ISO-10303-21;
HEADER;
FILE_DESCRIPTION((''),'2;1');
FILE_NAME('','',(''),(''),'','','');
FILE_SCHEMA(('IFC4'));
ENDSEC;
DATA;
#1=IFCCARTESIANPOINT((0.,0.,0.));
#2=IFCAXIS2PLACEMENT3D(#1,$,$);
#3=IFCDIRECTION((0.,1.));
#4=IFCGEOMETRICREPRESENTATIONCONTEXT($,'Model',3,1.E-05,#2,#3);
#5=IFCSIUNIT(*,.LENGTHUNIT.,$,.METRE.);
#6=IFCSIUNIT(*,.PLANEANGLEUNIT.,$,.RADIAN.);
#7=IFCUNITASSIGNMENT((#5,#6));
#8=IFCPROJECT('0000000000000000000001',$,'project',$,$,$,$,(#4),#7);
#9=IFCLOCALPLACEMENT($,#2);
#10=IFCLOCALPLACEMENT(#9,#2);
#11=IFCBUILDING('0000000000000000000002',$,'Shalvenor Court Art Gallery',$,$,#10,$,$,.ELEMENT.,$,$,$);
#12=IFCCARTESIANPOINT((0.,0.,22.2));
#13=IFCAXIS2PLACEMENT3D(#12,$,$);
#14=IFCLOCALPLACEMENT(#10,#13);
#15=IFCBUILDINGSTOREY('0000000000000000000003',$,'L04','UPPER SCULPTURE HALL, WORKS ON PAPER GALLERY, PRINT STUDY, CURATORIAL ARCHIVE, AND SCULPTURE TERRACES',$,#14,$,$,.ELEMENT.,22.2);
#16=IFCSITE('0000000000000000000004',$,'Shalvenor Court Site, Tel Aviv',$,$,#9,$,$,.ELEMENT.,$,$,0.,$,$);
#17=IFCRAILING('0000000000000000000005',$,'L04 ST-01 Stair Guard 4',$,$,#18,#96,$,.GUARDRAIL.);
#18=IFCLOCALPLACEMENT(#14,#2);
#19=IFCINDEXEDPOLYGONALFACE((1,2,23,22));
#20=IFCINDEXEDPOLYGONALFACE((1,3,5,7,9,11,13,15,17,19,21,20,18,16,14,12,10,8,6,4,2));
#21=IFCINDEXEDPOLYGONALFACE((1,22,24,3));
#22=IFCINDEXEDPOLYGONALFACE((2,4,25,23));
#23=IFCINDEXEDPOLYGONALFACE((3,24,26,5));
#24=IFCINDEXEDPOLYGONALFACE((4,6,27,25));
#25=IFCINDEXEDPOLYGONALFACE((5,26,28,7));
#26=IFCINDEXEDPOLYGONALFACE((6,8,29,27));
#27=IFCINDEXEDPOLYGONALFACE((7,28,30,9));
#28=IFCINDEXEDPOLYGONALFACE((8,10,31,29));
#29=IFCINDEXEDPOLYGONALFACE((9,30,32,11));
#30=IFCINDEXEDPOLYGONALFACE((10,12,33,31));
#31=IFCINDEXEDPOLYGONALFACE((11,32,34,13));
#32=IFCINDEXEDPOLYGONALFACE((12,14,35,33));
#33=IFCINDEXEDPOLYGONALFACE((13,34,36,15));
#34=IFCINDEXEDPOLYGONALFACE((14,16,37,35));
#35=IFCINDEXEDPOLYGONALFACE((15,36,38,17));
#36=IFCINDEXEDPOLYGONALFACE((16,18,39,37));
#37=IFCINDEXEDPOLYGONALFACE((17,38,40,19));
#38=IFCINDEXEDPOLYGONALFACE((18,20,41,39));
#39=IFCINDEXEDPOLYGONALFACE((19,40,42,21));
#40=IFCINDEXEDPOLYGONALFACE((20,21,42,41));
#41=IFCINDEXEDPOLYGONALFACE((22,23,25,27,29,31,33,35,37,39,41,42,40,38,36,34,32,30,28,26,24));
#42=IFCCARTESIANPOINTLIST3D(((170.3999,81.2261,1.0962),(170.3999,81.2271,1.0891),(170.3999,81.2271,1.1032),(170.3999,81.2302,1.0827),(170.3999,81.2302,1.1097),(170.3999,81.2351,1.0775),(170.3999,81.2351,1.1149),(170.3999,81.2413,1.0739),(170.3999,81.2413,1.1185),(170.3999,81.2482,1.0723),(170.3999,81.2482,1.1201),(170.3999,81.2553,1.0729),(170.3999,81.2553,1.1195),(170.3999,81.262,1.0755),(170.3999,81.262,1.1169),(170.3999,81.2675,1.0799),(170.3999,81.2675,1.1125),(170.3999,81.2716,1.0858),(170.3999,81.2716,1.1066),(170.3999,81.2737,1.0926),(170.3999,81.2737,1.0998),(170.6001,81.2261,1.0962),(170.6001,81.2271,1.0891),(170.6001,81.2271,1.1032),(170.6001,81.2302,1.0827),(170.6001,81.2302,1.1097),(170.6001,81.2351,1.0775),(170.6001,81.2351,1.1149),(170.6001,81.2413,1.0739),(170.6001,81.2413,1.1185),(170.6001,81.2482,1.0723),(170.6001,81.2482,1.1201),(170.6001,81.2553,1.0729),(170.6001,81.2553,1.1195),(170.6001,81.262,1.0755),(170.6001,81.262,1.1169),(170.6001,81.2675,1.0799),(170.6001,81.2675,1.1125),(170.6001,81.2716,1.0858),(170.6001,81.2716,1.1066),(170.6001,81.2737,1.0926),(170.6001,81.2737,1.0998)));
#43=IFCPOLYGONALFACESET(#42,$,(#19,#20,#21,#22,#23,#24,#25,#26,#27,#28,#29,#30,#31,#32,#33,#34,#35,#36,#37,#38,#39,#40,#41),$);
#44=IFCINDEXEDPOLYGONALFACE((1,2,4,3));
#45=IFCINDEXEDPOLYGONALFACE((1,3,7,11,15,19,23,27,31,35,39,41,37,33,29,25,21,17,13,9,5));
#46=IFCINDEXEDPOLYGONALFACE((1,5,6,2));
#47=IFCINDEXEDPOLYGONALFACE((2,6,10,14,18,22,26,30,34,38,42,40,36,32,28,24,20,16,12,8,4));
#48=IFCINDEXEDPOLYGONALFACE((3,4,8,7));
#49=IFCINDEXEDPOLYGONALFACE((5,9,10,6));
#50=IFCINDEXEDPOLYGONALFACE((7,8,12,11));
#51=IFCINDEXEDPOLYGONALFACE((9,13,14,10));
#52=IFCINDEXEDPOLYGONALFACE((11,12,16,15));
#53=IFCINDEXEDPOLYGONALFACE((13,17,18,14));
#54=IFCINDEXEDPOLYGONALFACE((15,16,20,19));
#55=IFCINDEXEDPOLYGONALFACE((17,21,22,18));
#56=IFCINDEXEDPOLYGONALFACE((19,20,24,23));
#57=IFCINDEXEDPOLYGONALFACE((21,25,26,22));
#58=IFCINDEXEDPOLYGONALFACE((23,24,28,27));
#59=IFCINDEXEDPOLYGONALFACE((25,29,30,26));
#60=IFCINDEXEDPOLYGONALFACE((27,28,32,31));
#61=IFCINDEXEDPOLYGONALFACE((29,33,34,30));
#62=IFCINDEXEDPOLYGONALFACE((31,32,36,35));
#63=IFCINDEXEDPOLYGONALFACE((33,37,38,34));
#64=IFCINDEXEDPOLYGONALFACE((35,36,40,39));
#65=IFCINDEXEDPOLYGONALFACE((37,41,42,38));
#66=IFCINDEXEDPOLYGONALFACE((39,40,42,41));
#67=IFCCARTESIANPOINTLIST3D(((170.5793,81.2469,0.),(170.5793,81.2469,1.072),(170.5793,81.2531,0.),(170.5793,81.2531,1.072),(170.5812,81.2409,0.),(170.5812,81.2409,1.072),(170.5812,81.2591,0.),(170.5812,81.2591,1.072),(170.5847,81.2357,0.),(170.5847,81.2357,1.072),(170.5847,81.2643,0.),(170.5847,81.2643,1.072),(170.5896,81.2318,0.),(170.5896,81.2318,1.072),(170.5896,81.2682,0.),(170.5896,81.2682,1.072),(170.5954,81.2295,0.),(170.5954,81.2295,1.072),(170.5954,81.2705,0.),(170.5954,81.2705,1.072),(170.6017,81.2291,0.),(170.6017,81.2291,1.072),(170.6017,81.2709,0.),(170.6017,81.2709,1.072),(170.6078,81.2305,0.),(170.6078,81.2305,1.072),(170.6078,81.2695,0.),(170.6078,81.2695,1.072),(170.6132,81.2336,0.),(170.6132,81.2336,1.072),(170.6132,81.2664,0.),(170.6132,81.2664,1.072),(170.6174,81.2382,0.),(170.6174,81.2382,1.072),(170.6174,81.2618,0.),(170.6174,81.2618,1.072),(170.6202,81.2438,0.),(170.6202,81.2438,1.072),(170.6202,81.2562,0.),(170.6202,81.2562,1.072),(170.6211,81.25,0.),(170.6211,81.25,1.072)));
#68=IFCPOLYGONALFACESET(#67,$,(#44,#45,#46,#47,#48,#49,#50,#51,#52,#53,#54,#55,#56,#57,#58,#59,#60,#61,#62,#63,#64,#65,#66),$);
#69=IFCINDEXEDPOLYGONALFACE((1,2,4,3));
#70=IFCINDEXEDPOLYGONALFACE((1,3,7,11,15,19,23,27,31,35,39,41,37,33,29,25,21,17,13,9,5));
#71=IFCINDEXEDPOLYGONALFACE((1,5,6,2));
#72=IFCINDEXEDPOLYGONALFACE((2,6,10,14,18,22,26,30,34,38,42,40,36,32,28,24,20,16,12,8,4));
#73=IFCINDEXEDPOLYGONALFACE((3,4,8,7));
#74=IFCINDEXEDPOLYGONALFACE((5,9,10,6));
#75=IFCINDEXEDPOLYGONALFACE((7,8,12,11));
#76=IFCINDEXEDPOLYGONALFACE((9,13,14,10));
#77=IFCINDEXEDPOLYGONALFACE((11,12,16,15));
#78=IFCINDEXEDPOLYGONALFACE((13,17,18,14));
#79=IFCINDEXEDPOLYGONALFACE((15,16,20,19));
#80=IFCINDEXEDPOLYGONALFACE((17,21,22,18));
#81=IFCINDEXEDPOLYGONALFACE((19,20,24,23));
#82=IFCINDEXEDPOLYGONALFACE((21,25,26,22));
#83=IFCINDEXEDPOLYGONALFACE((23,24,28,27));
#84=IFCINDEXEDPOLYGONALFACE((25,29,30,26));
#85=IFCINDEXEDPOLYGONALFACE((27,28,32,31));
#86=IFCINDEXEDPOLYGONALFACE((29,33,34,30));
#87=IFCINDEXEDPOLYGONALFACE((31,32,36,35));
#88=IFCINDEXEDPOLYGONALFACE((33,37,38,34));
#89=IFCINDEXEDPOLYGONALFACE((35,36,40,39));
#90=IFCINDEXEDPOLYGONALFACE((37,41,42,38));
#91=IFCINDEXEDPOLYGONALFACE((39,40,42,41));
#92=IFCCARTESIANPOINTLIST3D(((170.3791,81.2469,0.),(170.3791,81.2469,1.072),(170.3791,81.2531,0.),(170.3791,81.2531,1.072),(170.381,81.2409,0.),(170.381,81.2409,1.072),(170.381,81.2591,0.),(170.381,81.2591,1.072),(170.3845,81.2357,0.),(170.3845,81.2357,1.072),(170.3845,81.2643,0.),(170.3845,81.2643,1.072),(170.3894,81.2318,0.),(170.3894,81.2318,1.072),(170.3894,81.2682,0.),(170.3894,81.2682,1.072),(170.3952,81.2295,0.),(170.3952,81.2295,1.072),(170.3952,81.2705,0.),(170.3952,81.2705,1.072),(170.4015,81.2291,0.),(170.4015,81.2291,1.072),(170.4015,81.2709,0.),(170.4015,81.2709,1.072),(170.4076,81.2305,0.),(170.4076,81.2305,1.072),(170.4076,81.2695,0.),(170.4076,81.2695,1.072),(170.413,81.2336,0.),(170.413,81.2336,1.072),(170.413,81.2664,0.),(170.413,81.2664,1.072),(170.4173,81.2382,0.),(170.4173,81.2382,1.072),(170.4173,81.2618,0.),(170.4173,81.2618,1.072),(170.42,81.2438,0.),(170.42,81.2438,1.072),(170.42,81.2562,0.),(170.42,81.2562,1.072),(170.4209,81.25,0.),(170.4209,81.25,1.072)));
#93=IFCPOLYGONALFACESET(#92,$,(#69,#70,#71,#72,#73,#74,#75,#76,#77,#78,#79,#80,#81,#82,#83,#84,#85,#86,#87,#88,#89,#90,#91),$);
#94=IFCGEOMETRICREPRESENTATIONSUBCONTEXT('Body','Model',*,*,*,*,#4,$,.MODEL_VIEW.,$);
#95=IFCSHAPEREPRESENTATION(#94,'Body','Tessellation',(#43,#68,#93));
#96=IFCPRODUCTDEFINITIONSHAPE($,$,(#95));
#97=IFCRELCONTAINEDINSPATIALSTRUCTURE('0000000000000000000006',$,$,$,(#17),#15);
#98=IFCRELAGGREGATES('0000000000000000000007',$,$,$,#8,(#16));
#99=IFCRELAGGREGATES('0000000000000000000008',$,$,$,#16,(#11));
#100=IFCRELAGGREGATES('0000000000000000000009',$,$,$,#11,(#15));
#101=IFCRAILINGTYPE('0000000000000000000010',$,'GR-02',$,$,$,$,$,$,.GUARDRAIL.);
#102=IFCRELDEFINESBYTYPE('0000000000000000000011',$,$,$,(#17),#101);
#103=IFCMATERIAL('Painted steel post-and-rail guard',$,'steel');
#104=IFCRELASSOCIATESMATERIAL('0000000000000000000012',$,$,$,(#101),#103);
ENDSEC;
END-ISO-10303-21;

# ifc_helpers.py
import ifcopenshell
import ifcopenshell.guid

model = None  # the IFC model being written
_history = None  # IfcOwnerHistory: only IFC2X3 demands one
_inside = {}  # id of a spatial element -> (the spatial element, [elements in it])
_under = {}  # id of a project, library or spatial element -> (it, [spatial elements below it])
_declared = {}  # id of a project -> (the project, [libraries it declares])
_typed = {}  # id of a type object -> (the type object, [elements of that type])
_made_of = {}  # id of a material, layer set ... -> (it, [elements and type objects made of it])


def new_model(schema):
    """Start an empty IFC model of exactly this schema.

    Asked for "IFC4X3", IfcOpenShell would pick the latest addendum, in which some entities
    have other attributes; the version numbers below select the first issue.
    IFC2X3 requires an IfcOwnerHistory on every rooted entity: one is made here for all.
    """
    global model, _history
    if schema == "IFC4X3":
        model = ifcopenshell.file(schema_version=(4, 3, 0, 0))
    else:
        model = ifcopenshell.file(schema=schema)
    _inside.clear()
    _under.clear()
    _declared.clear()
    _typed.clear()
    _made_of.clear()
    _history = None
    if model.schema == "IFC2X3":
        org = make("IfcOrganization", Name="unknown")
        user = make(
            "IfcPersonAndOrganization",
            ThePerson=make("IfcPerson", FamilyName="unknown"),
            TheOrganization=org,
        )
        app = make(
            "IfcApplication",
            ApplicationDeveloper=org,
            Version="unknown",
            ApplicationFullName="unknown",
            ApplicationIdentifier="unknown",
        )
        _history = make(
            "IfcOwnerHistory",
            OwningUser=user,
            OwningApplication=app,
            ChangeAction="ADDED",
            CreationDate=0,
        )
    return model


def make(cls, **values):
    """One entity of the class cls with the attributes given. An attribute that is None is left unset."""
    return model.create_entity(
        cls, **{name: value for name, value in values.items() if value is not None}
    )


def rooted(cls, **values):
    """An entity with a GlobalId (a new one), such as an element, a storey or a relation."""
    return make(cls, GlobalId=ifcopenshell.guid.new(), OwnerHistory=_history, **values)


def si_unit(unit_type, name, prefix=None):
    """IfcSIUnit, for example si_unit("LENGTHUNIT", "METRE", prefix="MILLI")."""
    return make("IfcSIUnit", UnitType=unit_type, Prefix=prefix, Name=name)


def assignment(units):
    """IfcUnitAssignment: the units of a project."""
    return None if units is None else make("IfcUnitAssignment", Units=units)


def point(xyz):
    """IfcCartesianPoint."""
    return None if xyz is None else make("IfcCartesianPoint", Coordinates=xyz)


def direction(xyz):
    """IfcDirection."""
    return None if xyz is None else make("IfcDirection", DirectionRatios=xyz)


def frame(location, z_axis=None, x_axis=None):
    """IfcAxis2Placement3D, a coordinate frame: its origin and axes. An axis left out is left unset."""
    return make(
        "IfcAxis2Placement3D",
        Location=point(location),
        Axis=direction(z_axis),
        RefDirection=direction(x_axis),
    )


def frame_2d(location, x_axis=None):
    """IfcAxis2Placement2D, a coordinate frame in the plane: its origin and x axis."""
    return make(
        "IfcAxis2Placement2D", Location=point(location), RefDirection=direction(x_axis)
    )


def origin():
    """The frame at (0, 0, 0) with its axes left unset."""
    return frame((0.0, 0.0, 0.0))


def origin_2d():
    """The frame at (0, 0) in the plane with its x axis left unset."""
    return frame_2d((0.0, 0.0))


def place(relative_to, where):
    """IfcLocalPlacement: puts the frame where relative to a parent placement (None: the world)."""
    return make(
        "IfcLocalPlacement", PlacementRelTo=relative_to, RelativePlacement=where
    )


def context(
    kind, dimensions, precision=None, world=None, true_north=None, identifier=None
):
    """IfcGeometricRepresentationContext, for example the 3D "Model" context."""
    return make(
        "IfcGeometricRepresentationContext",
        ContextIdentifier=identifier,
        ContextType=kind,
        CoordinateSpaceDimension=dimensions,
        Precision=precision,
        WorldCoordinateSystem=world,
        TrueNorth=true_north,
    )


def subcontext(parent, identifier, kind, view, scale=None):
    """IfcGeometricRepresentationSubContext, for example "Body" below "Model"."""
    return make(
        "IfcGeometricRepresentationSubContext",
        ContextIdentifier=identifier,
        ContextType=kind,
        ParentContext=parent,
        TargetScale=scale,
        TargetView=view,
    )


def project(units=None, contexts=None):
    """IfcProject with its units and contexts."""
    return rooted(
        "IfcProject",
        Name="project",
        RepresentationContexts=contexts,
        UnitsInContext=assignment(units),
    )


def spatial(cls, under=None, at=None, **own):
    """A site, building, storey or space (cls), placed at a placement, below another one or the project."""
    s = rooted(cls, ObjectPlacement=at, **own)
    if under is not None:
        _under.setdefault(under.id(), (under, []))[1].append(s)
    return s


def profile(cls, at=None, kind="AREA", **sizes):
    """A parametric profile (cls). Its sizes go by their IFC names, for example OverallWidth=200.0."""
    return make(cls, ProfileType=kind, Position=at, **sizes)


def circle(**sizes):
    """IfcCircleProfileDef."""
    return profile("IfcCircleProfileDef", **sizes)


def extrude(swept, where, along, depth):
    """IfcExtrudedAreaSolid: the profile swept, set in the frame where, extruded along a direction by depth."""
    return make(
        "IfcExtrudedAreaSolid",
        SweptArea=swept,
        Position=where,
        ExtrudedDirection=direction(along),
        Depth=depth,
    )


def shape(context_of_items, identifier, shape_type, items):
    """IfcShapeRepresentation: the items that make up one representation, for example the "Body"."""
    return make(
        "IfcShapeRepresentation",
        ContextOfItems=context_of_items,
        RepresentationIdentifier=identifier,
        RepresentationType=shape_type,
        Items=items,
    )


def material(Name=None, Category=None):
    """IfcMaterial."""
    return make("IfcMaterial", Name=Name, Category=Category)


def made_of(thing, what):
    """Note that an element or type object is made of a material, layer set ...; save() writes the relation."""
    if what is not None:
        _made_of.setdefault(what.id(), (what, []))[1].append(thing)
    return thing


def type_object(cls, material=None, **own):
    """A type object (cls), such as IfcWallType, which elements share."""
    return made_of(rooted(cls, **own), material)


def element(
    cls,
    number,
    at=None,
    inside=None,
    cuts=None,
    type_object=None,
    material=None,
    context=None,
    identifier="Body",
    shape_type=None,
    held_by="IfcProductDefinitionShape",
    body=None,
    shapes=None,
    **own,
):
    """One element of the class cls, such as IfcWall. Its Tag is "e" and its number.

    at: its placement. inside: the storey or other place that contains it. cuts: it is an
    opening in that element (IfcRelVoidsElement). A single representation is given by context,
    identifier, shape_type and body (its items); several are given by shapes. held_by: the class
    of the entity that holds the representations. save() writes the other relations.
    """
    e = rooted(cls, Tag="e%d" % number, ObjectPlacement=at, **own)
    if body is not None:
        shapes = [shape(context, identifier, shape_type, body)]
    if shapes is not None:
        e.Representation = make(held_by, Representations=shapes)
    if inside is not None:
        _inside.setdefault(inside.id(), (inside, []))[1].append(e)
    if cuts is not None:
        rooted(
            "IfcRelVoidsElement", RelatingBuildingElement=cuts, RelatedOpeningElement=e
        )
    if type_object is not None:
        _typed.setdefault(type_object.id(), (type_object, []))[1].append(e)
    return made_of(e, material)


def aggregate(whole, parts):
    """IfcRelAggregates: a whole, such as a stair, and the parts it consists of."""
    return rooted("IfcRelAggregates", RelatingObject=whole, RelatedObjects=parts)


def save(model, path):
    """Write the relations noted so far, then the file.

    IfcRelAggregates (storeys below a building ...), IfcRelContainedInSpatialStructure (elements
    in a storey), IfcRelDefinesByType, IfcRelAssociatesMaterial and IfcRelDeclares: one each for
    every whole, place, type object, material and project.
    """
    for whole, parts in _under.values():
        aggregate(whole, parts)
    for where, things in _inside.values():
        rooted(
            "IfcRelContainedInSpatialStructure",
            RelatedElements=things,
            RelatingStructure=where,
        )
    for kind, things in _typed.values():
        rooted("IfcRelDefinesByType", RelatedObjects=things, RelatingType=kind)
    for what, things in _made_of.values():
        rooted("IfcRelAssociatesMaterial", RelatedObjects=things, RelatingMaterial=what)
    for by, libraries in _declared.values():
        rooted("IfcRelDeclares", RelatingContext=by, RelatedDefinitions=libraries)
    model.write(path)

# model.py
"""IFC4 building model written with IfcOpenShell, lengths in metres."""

from ifc_helpers import new_model, si_unit, direction, frame, origin, origin_2d, place, context, subcontext, project, spatial, circle, extrude, material, type_object, element, save


model = new_model("IFC4")

# Units and contexts
model_context = context("Model", 3, precision=1e-05, world=origin(), true_north=direction((0.0, 1.0)))
body_context = subcontext(model_context, "Body", "Model", "MODEL_VIEW")
ifc_project = project(units=[si_unit("LENGTHUNIT", "METRE"), si_unit("PLANEANGLEUNIT", "RADIAN")], contexts=[model_context])

# Site, building, storey
site_placement = place(None, origin())
site = spatial("IfcSite", under=ifc_project, at=site_placement, Name="Shalvenor Court Site, Tel Aviv", CompositionType="ELEMENT", RefElevation=0.0)
building_placement = place(site_placement, origin())
building = spatial("IfcBuilding", under=site, at=building_placement, Name="Shalvenor Court Art Gallery", CompositionType="ELEMENT")
storey_placement = place(building_placement, frame((0.0, 0.0, 22.2)))
storey = spatial("IfcBuildingStorey", under=building, at=storey_placement, Name="L04", Description="UPPER SCULPTURE HALL, WORKS ON PAPER GALLERY, PRINT STUDY, CURATORIAL ARCHIVE, AND SCULPTURE TERRACES", CompositionType="ELEMENT", Elevation=22.2)

# Railing
ifc_material_1 = material(Name="Painted steel post-and-rail guard", Category="steel")
railing_type_1 = type_object("IfcRailingType", Name="GR-02", PredefinedType="GUARDRAIL", material=ifc_material_1)
railing_1_placement = place(storey_placement, frame((170.6001, 81.25, 0.0)))
element("IfcRailing", 1, at=railing_1_placement, inside=storey, type_object=railing_type_1, Name="L04 ST-01 Stair Guard 4", PredefinedType="GUARDRAIL", context=body_context, shape_type="SweptSolid", body=[
    extrude(circle(Radius=0.0239, at=origin_2d()), frame((0.0, 0.0, 1.0962), z_axis=(-1.0, 0.0, 0.0), x_axis=(0.0, -1.0, 0.0)), (0.0, 0.0, 1.0), 0.2002),
    extrude(circle(Radius=0.021, at=origin_2d()), origin(), (0.0, 0.0, 1.0), 1.072),
    extrude(circle(Radius=0.021, at=origin_2d()), frame((-0.2002, 0.0, 0.0)), (0.0, 0.0, 1.0), 1.072),
])

save(model, "model.ifc")
